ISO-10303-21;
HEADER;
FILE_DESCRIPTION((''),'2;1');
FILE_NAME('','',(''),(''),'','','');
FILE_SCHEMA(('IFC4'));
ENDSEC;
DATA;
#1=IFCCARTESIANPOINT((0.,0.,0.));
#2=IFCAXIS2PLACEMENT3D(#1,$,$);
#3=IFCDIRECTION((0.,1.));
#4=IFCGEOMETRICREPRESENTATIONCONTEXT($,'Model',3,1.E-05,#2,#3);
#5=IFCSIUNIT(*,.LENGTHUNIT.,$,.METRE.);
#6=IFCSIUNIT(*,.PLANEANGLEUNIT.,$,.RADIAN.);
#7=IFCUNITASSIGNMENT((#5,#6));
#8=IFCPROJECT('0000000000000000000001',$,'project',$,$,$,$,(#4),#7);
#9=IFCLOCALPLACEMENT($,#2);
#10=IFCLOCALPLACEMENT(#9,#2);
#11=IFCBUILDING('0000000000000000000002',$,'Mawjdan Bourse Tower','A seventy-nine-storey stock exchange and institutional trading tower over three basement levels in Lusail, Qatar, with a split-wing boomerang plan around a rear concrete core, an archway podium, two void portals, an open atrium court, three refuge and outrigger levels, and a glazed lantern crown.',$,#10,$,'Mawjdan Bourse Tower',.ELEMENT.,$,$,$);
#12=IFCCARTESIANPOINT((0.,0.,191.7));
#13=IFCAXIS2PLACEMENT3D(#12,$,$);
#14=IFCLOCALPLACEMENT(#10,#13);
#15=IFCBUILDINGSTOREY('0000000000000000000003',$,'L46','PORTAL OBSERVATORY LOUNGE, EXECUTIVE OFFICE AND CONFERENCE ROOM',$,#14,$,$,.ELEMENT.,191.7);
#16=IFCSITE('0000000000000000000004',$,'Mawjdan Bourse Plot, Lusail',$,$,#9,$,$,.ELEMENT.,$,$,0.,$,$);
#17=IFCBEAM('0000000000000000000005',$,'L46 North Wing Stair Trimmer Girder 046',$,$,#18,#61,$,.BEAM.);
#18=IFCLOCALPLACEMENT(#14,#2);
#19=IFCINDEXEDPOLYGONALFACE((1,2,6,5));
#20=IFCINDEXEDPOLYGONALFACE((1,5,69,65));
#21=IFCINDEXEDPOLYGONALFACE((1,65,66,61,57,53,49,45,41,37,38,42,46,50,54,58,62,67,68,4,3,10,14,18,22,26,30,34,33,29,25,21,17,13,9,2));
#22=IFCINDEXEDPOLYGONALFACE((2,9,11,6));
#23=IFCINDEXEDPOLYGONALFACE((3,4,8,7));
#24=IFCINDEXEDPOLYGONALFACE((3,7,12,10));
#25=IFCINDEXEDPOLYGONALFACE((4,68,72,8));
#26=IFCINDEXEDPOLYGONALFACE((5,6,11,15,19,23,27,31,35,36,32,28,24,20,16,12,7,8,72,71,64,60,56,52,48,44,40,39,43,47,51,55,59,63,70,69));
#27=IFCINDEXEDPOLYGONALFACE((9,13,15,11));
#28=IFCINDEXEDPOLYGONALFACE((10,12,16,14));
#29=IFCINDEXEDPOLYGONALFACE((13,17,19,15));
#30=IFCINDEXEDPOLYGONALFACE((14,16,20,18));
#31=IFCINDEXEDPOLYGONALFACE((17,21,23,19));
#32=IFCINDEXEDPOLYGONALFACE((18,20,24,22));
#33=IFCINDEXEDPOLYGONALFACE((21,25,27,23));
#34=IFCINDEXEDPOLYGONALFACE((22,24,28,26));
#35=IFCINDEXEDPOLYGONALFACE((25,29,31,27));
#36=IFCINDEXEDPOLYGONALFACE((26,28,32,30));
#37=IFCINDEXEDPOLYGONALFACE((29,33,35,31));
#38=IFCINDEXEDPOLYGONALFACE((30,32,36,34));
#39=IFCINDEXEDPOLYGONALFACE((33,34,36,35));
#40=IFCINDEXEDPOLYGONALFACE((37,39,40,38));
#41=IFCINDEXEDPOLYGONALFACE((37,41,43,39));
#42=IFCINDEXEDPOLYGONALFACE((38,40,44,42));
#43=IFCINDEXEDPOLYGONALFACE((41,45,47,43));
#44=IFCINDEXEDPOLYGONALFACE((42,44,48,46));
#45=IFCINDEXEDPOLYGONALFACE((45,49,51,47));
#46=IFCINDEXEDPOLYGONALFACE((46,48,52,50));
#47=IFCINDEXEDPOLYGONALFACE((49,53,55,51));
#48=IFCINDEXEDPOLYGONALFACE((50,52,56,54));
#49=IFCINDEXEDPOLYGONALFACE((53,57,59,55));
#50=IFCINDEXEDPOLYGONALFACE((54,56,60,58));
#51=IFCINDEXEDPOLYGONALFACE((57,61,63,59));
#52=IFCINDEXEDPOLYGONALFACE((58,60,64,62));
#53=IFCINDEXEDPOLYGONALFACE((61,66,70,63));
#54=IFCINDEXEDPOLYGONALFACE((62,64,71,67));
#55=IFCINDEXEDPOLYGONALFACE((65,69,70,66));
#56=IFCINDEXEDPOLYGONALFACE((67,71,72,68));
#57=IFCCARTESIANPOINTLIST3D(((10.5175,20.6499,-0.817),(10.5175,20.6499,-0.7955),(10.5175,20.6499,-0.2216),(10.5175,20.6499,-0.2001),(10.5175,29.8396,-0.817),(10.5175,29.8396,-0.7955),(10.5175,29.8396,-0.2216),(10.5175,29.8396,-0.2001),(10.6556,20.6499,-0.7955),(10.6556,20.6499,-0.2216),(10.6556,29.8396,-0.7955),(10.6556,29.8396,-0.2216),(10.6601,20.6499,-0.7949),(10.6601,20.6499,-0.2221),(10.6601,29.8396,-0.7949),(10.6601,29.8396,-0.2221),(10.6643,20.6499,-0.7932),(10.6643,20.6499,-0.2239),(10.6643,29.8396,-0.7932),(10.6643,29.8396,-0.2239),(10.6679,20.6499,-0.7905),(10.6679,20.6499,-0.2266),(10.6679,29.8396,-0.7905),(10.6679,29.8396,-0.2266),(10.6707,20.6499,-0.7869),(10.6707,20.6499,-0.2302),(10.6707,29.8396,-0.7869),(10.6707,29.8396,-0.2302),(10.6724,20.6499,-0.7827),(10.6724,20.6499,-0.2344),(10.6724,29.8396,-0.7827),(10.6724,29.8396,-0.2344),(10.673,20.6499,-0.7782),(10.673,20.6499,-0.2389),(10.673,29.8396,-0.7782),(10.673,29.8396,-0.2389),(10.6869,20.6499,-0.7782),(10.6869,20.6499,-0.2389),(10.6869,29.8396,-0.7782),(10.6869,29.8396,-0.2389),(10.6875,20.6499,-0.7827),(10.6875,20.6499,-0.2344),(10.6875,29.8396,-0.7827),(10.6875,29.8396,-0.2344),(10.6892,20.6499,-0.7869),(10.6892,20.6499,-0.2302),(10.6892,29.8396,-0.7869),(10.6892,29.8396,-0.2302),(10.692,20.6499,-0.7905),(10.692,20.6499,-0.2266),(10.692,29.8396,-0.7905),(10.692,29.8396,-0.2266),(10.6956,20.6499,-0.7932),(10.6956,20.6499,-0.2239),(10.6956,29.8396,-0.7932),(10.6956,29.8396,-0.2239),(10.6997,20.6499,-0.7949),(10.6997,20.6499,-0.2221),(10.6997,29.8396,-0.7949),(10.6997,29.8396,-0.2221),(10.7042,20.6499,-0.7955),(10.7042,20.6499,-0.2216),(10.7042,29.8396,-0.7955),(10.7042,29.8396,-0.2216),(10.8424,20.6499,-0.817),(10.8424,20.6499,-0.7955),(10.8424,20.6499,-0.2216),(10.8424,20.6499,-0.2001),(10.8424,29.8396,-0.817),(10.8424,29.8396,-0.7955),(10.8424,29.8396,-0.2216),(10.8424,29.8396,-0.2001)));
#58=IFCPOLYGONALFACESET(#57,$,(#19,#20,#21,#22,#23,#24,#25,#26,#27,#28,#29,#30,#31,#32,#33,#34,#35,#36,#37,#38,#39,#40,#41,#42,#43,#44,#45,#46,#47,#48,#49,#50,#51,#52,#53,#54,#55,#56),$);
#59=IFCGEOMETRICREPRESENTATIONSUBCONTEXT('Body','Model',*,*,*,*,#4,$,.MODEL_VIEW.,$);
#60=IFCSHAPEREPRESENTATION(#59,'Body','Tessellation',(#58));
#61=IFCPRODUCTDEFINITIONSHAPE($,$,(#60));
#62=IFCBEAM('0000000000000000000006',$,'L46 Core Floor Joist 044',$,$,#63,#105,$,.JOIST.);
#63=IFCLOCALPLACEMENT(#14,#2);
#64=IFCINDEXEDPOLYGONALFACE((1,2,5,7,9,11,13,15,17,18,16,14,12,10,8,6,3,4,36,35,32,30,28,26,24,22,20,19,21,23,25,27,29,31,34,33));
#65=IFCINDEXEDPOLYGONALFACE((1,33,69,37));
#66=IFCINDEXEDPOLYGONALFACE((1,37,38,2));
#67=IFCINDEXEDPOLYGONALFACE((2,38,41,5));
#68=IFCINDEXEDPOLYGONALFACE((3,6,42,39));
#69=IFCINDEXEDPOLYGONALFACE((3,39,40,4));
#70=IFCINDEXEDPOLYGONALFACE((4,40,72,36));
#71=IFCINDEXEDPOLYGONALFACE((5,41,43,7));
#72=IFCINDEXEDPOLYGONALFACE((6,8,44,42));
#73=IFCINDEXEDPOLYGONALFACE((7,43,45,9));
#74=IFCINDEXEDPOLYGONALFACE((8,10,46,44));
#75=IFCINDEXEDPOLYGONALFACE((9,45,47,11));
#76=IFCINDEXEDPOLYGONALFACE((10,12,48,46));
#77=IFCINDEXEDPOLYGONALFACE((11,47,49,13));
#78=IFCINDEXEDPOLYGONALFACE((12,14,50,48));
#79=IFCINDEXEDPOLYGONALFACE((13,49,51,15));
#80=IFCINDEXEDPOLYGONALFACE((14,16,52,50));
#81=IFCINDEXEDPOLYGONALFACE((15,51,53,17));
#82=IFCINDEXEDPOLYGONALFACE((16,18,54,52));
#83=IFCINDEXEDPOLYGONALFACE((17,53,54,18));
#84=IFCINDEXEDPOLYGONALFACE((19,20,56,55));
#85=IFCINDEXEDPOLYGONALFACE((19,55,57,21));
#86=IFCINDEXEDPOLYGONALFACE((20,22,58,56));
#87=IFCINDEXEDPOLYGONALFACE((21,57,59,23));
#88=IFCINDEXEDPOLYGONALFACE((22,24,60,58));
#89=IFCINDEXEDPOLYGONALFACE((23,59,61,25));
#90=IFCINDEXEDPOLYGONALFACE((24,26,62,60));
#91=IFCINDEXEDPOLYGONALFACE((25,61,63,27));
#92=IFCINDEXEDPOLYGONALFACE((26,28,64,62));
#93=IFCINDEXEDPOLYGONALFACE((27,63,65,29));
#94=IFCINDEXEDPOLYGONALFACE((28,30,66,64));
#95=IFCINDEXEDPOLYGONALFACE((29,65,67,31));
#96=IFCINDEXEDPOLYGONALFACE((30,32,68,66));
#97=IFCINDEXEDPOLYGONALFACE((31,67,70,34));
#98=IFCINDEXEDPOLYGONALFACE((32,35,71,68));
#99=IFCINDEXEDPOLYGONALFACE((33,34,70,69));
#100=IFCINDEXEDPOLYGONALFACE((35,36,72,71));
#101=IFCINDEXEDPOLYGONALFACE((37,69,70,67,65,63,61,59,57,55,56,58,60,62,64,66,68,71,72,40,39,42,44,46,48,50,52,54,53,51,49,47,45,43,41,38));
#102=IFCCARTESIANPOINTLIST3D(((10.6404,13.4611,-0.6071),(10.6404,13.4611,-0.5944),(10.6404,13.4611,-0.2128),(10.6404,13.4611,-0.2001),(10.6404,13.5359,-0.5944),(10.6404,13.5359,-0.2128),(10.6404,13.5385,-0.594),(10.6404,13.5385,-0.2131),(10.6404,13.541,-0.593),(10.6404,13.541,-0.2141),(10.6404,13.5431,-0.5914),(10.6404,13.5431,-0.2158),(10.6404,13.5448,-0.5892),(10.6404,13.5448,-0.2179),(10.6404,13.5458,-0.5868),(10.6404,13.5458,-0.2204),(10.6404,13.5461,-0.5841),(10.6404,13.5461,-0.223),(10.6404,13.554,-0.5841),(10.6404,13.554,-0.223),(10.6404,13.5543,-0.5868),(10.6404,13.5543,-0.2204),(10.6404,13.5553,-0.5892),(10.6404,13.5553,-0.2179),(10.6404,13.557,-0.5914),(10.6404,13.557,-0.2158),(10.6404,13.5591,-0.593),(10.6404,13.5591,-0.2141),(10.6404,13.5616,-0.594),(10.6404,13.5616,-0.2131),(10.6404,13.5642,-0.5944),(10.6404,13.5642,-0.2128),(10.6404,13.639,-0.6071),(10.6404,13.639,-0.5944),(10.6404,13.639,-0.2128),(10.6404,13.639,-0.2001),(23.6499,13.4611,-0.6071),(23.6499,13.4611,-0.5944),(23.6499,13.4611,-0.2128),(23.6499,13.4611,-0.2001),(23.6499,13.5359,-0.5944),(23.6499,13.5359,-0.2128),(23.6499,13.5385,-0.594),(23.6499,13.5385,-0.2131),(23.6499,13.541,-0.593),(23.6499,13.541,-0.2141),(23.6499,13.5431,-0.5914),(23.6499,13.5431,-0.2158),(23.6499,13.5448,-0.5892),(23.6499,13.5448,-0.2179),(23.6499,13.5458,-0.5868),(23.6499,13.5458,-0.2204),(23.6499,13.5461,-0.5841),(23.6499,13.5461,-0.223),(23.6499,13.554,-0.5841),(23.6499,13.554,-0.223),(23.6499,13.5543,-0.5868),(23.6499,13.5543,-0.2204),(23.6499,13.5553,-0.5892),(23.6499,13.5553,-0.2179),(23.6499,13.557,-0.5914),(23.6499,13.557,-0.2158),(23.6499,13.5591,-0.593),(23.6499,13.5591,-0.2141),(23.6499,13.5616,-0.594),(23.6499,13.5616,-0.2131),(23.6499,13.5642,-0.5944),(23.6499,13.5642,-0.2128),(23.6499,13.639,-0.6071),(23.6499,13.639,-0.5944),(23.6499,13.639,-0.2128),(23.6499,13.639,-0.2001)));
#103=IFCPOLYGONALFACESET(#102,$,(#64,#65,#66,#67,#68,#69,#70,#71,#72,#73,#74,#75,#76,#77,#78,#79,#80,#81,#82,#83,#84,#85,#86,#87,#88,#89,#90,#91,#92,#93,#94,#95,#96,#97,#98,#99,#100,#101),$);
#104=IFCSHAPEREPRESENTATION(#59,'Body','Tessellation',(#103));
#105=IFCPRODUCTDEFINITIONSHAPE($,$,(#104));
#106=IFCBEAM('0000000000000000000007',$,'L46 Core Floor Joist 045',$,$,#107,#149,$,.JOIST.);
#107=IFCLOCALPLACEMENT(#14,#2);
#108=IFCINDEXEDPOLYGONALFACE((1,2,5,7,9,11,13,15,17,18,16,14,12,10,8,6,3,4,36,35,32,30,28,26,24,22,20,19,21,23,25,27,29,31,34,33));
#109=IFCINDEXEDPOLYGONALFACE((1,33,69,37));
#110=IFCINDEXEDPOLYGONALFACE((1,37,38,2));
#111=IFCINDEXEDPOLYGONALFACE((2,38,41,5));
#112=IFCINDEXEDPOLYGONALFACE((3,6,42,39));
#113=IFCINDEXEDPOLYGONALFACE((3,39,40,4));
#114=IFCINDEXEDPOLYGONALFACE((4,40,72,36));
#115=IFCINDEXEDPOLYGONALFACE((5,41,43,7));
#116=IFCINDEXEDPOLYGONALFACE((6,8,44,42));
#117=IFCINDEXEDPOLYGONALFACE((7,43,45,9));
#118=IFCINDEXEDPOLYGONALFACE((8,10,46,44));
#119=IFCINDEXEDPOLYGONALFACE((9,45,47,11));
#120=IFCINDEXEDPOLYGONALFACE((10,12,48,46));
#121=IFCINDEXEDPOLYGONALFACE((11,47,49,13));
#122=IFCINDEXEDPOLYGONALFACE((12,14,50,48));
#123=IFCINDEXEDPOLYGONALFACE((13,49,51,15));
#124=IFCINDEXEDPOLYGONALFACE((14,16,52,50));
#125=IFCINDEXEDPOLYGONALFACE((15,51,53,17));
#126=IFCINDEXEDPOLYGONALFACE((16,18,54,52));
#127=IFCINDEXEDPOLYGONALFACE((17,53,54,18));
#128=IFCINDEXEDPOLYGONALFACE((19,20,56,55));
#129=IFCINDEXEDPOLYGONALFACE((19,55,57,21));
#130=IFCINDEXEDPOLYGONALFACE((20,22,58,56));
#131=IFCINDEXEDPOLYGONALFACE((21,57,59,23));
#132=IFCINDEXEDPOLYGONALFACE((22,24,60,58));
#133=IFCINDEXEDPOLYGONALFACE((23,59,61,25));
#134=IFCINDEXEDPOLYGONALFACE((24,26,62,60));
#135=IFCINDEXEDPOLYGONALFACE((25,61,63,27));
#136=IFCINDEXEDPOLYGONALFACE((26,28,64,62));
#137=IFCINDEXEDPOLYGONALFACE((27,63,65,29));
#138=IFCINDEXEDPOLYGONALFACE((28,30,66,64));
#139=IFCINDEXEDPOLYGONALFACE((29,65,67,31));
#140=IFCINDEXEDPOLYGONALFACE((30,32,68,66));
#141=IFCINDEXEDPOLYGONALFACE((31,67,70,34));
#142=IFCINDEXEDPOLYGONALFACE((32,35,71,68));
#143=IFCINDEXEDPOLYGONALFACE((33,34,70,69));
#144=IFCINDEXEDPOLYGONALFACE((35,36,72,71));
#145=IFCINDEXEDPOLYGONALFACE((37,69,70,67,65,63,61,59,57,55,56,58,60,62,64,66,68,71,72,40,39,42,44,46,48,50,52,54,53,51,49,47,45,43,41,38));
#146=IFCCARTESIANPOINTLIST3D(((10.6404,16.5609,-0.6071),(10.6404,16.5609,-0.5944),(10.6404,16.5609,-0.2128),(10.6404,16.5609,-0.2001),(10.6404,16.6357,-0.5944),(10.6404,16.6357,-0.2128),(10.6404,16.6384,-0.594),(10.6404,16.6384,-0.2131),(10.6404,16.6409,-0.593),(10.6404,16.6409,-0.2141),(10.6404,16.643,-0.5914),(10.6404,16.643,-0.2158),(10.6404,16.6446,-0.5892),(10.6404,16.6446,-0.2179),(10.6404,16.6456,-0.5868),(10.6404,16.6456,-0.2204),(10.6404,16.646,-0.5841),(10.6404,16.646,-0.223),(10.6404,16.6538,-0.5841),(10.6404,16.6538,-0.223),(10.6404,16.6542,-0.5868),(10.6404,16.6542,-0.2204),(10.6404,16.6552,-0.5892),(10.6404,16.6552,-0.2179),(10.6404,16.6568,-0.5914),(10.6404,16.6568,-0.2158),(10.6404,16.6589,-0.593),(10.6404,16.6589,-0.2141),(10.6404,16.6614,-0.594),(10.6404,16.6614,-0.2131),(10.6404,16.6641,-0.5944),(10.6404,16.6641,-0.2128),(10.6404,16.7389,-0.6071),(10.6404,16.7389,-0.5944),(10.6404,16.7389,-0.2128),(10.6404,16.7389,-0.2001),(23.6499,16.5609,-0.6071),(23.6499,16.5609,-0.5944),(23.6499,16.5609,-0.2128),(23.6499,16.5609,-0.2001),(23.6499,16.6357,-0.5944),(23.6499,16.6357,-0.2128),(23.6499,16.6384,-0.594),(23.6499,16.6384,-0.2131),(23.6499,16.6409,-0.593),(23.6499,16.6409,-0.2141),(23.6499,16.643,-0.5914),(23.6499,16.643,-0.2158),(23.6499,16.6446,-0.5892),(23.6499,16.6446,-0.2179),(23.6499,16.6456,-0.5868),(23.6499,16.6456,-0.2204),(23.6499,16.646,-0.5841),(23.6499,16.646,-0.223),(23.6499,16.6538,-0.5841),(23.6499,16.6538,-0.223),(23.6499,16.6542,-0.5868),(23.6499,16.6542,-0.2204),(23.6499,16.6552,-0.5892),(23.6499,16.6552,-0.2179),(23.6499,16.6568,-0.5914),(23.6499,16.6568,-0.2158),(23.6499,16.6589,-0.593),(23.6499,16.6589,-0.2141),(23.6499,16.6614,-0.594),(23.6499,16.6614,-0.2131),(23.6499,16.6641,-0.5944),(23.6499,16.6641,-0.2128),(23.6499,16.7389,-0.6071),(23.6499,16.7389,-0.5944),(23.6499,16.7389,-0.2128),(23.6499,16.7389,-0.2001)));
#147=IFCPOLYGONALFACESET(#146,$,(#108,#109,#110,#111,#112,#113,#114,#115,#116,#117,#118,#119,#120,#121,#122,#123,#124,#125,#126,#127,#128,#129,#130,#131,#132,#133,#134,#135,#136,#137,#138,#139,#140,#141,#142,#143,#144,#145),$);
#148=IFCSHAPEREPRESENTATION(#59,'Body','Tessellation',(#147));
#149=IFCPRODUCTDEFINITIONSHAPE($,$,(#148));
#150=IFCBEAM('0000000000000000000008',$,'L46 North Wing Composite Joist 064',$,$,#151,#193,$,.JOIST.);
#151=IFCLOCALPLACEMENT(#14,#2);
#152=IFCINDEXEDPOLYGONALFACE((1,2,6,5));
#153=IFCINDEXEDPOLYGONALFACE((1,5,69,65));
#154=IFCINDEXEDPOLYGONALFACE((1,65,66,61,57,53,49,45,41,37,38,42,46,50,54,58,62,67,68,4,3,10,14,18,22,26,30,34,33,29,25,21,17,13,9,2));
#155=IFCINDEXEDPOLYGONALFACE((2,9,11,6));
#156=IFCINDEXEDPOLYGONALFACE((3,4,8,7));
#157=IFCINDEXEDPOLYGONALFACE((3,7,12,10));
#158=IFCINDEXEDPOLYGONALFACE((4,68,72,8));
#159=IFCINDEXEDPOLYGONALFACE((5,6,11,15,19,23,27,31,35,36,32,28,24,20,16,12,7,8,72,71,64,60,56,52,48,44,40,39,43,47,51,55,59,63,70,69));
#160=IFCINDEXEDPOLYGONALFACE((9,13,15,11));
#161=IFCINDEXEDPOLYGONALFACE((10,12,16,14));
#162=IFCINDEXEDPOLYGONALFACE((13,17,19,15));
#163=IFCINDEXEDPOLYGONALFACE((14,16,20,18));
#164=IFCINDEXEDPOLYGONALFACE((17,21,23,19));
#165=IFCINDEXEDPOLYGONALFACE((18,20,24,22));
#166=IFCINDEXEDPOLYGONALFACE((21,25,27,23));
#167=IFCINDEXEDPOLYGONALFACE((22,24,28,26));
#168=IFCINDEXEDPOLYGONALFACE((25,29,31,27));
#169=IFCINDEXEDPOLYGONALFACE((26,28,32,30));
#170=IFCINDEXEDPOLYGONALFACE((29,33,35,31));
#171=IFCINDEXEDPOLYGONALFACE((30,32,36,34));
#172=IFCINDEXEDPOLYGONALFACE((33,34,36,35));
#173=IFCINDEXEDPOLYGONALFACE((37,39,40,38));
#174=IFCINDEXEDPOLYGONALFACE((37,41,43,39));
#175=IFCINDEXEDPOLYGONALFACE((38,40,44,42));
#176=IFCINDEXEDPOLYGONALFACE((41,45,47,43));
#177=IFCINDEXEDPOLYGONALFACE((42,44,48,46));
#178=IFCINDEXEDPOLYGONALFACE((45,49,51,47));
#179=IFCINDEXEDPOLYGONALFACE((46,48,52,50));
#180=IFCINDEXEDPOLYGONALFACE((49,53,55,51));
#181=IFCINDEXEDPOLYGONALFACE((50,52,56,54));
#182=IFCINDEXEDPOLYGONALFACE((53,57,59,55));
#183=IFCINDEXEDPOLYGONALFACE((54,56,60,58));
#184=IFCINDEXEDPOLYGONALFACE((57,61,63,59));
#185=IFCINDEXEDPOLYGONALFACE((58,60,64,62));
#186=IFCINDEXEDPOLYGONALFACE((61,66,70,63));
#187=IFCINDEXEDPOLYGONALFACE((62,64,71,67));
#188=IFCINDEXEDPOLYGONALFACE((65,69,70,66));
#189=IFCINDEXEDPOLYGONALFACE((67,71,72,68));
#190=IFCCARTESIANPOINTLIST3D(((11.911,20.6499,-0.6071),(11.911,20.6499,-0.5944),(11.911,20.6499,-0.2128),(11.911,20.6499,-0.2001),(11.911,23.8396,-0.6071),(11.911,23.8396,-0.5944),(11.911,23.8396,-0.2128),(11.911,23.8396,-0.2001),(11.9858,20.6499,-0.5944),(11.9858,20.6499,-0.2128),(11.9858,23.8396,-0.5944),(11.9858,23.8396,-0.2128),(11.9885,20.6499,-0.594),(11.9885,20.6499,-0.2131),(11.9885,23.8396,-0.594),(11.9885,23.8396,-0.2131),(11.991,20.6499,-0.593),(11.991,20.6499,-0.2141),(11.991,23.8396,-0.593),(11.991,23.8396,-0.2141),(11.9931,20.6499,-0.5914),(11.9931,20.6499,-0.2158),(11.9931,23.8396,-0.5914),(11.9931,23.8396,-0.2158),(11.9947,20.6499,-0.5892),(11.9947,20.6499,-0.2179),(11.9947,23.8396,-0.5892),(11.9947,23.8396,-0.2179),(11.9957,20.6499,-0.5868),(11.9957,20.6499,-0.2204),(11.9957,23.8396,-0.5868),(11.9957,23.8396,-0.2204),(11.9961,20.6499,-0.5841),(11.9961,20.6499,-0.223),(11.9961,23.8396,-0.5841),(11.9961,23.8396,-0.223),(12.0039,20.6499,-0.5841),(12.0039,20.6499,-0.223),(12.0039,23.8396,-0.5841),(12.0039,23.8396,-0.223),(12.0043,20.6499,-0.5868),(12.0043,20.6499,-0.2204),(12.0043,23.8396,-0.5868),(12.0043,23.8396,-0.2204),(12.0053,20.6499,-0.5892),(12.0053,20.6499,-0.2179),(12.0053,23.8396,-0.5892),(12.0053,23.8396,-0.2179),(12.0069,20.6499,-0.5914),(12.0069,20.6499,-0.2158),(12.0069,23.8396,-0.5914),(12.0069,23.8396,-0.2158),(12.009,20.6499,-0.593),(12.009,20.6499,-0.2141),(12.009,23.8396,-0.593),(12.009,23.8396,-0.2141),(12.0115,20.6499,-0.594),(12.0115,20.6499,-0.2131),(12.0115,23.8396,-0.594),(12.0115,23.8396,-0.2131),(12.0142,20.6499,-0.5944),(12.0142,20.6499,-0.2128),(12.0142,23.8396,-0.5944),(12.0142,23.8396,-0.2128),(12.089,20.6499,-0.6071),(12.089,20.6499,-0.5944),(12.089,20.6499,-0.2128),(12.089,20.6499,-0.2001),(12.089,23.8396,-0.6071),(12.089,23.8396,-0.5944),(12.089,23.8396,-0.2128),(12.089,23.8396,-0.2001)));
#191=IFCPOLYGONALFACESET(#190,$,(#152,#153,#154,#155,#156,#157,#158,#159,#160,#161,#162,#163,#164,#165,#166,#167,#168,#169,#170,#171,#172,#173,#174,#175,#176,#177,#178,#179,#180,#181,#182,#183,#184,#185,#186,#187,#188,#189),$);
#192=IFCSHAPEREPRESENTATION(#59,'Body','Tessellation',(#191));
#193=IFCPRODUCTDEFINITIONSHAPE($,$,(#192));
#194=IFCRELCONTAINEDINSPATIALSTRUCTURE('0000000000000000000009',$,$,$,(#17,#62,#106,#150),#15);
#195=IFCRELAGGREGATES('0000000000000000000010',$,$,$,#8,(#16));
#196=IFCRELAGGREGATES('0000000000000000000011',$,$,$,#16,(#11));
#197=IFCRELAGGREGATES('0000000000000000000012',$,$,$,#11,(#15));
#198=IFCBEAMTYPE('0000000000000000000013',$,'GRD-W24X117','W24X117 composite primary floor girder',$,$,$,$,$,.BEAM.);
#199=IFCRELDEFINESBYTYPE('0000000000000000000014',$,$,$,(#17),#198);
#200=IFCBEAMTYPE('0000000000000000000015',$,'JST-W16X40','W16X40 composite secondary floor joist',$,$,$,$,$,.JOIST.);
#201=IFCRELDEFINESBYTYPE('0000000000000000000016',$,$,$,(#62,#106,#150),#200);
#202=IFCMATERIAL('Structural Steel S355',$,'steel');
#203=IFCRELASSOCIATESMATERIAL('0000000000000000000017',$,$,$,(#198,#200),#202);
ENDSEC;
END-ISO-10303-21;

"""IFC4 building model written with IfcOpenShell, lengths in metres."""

from ifc_helpers import new_model, si_unit, direction, frame, origin, origin_2d, place, context, subcontext, project, spatial, i_section, extrude, material, material_profile, profile_set, type_object, element, save


model = new_model("IFC4")

# Units and contexts
model_context = context("Model", 3, precision=1e-05, world=origin(), true_north=direction((0.0, 1.0)))
body_context = subcontext(model_context, "Body", "Model", "MODEL_VIEW")
ifc_project = project(units=[si_unit("LENGTHUNIT", "METRE"), si_unit("PLANEANGLEUNIT", "RADIAN")], contexts=[model_context])

# Site, building, storey
site_placement = place(None, origin())
site = spatial("IfcSite", under=ifc_project, at=site_placement, Name="Mawjdan Bourse Plot, Lusail", CompositionType="ELEMENT", RefElevation=0.0)
building_placement = place(site_placement, origin())
building = spatial("IfcBuilding", under=site, at=building_placement, Name="Mawjdan Bourse Tower", Description="A seventy-nine-storey stock exchange and institutional trading tower over three basement levels in Lusail, Qatar, with a split-wing boomerang plan around a rear concrete core, an archway podium, two void portals, an open atrium court, three refuge and outrigger levels, and a glazed lantern crown.", LongName="Mawjdan Bourse Tower", CompositionType="ELEMENT")
storey_placement = place(building_placement, frame((0.0, 0.0, 191.7)))
storey = spatial("IfcBuildingStorey", under=building, at=storey_placement, Name="L46", Description="PORTAL OBSERVATORY LOUNGE, EXECUTIVE OFFICE AND CONFERENCE ROOM", CompositionType="ELEMENT", Elevation=191.7)

# Beams
ifc_material_1 = material(Name="Structural Steel S355", Category="steel")
ifc_material_profile_1 = material_profile(ifc_material_1, i_section(OverallWidth=0.325, OverallDepth=0.6169, WebThickness=0.0139, FlangeThickness=0.0215, FilletRadius=0.0173, at=origin_2d()), Name="W24X117")
ifc_profile_set_1 = profile_set([ifc_material_profile_1], Name="Structural Steel S355")
beam_type_1 = type_object("IfcBeamType", Name="GRD-W24X117", Description="W24X117 composite primary floor girder", PredefinedType="BEAM", material=ifc_profile_set_1)
beam_1_placement = place(storey_placement, frame((10.6799, 20.6499, -0.5085), z_axis=(0.0, 1.0, 0.0), x_axis=(-1.0, 0.0, 0.0)))
element("IfcBeam", 1, at=beam_1_placement, inside=storey, type_object=beam_type_1, Name="L46 North Wing Stair Trimmer Girder 046", PredefinedType="BEAM", context=body_context, shape_type="SweptSolid", body=[
    extrude(i_section(OverallWidth=0.325, OverallDepth=0.6169, WebThickness=0.0139, FlangeThickness=0.0215, FilletRadius=0.0173, at=origin_2d()), origin(), (0.0, 0.0, 1.0), 9.1897),
])
ifc_material_profile_2 = material_profile(ifc_material_1, i_section(OverallWidth=0.178, OverallDepth=0.407, WebThickness=0.0078, FlangeThickness=0.0127, FilletRadius=0.0103, at=origin_2d()), Name="W16X40")
ifc_profile_set_2 = profile_set([ifc_material_profile_2], Name="Structural Steel S355")
beam_type_2 = type_object("IfcBeamType", Name="JST-W16X40", Description="W16X40 composite secondary floor joist", PredefinedType="JOIST", material=ifc_profile_set_2)
for number, where, z_axis, x_axis, name in (
    (2, (10.6404, 13.55, -0.4036), (1.0, 0.0, 0.0), (0.0, 1.0, 0.0), "L46 Core Floor Joist 044"),
    (3, (10.6404, 16.6499, -0.4036), (1.0, 0.0, 0.0), (0.0, 1.0, 0.0), "L46 Core Floor Joist 045"),
):
    element("IfcBeam", number, at=place(storey_placement, frame(where, z_axis=z_axis, x_axis=x_axis)), inside=storey, type_object=beam_type_2, Name=name, PredefinedType="JOIST", context=body_context, shape_type="SweptSolid", body=[
        extrude(i_section(OverallWidth=0.178, OverallDepth=0.407, WebThickness=0.0078, FlangeThickness=0.0127, FilletRadius=0.0103, at=origin_2d()), origin(), (0.0, 0.0, 1.0), 13.0095),
    ])
beam_2_placement = place(storey_placement, frame((12.0, 20.6499, -0.4036), z_axis=(0.0, 1.0, 0.0), x_axis=(-1.0, 0.0, 0.0)))
element("IfcBeam", 4, at=beam_2_placement, inside=storey, type_object=beam_type_2, Name="L46 North Wing Composite Joist 064", PredefinedType="JOIST", context=body_context, shape_type="SweptSolid", body=[
    extrude(i_section(OverallWidth=0.178, OverallDepth=0.407, WebThickness=0.0078, FlangeThickness=0.0127, FilletRadius=0.0103, at=origin_2d()), origin(), (0.0, 0.0, 1.0), 3.1897),
])

save(model, "model.ifc")
